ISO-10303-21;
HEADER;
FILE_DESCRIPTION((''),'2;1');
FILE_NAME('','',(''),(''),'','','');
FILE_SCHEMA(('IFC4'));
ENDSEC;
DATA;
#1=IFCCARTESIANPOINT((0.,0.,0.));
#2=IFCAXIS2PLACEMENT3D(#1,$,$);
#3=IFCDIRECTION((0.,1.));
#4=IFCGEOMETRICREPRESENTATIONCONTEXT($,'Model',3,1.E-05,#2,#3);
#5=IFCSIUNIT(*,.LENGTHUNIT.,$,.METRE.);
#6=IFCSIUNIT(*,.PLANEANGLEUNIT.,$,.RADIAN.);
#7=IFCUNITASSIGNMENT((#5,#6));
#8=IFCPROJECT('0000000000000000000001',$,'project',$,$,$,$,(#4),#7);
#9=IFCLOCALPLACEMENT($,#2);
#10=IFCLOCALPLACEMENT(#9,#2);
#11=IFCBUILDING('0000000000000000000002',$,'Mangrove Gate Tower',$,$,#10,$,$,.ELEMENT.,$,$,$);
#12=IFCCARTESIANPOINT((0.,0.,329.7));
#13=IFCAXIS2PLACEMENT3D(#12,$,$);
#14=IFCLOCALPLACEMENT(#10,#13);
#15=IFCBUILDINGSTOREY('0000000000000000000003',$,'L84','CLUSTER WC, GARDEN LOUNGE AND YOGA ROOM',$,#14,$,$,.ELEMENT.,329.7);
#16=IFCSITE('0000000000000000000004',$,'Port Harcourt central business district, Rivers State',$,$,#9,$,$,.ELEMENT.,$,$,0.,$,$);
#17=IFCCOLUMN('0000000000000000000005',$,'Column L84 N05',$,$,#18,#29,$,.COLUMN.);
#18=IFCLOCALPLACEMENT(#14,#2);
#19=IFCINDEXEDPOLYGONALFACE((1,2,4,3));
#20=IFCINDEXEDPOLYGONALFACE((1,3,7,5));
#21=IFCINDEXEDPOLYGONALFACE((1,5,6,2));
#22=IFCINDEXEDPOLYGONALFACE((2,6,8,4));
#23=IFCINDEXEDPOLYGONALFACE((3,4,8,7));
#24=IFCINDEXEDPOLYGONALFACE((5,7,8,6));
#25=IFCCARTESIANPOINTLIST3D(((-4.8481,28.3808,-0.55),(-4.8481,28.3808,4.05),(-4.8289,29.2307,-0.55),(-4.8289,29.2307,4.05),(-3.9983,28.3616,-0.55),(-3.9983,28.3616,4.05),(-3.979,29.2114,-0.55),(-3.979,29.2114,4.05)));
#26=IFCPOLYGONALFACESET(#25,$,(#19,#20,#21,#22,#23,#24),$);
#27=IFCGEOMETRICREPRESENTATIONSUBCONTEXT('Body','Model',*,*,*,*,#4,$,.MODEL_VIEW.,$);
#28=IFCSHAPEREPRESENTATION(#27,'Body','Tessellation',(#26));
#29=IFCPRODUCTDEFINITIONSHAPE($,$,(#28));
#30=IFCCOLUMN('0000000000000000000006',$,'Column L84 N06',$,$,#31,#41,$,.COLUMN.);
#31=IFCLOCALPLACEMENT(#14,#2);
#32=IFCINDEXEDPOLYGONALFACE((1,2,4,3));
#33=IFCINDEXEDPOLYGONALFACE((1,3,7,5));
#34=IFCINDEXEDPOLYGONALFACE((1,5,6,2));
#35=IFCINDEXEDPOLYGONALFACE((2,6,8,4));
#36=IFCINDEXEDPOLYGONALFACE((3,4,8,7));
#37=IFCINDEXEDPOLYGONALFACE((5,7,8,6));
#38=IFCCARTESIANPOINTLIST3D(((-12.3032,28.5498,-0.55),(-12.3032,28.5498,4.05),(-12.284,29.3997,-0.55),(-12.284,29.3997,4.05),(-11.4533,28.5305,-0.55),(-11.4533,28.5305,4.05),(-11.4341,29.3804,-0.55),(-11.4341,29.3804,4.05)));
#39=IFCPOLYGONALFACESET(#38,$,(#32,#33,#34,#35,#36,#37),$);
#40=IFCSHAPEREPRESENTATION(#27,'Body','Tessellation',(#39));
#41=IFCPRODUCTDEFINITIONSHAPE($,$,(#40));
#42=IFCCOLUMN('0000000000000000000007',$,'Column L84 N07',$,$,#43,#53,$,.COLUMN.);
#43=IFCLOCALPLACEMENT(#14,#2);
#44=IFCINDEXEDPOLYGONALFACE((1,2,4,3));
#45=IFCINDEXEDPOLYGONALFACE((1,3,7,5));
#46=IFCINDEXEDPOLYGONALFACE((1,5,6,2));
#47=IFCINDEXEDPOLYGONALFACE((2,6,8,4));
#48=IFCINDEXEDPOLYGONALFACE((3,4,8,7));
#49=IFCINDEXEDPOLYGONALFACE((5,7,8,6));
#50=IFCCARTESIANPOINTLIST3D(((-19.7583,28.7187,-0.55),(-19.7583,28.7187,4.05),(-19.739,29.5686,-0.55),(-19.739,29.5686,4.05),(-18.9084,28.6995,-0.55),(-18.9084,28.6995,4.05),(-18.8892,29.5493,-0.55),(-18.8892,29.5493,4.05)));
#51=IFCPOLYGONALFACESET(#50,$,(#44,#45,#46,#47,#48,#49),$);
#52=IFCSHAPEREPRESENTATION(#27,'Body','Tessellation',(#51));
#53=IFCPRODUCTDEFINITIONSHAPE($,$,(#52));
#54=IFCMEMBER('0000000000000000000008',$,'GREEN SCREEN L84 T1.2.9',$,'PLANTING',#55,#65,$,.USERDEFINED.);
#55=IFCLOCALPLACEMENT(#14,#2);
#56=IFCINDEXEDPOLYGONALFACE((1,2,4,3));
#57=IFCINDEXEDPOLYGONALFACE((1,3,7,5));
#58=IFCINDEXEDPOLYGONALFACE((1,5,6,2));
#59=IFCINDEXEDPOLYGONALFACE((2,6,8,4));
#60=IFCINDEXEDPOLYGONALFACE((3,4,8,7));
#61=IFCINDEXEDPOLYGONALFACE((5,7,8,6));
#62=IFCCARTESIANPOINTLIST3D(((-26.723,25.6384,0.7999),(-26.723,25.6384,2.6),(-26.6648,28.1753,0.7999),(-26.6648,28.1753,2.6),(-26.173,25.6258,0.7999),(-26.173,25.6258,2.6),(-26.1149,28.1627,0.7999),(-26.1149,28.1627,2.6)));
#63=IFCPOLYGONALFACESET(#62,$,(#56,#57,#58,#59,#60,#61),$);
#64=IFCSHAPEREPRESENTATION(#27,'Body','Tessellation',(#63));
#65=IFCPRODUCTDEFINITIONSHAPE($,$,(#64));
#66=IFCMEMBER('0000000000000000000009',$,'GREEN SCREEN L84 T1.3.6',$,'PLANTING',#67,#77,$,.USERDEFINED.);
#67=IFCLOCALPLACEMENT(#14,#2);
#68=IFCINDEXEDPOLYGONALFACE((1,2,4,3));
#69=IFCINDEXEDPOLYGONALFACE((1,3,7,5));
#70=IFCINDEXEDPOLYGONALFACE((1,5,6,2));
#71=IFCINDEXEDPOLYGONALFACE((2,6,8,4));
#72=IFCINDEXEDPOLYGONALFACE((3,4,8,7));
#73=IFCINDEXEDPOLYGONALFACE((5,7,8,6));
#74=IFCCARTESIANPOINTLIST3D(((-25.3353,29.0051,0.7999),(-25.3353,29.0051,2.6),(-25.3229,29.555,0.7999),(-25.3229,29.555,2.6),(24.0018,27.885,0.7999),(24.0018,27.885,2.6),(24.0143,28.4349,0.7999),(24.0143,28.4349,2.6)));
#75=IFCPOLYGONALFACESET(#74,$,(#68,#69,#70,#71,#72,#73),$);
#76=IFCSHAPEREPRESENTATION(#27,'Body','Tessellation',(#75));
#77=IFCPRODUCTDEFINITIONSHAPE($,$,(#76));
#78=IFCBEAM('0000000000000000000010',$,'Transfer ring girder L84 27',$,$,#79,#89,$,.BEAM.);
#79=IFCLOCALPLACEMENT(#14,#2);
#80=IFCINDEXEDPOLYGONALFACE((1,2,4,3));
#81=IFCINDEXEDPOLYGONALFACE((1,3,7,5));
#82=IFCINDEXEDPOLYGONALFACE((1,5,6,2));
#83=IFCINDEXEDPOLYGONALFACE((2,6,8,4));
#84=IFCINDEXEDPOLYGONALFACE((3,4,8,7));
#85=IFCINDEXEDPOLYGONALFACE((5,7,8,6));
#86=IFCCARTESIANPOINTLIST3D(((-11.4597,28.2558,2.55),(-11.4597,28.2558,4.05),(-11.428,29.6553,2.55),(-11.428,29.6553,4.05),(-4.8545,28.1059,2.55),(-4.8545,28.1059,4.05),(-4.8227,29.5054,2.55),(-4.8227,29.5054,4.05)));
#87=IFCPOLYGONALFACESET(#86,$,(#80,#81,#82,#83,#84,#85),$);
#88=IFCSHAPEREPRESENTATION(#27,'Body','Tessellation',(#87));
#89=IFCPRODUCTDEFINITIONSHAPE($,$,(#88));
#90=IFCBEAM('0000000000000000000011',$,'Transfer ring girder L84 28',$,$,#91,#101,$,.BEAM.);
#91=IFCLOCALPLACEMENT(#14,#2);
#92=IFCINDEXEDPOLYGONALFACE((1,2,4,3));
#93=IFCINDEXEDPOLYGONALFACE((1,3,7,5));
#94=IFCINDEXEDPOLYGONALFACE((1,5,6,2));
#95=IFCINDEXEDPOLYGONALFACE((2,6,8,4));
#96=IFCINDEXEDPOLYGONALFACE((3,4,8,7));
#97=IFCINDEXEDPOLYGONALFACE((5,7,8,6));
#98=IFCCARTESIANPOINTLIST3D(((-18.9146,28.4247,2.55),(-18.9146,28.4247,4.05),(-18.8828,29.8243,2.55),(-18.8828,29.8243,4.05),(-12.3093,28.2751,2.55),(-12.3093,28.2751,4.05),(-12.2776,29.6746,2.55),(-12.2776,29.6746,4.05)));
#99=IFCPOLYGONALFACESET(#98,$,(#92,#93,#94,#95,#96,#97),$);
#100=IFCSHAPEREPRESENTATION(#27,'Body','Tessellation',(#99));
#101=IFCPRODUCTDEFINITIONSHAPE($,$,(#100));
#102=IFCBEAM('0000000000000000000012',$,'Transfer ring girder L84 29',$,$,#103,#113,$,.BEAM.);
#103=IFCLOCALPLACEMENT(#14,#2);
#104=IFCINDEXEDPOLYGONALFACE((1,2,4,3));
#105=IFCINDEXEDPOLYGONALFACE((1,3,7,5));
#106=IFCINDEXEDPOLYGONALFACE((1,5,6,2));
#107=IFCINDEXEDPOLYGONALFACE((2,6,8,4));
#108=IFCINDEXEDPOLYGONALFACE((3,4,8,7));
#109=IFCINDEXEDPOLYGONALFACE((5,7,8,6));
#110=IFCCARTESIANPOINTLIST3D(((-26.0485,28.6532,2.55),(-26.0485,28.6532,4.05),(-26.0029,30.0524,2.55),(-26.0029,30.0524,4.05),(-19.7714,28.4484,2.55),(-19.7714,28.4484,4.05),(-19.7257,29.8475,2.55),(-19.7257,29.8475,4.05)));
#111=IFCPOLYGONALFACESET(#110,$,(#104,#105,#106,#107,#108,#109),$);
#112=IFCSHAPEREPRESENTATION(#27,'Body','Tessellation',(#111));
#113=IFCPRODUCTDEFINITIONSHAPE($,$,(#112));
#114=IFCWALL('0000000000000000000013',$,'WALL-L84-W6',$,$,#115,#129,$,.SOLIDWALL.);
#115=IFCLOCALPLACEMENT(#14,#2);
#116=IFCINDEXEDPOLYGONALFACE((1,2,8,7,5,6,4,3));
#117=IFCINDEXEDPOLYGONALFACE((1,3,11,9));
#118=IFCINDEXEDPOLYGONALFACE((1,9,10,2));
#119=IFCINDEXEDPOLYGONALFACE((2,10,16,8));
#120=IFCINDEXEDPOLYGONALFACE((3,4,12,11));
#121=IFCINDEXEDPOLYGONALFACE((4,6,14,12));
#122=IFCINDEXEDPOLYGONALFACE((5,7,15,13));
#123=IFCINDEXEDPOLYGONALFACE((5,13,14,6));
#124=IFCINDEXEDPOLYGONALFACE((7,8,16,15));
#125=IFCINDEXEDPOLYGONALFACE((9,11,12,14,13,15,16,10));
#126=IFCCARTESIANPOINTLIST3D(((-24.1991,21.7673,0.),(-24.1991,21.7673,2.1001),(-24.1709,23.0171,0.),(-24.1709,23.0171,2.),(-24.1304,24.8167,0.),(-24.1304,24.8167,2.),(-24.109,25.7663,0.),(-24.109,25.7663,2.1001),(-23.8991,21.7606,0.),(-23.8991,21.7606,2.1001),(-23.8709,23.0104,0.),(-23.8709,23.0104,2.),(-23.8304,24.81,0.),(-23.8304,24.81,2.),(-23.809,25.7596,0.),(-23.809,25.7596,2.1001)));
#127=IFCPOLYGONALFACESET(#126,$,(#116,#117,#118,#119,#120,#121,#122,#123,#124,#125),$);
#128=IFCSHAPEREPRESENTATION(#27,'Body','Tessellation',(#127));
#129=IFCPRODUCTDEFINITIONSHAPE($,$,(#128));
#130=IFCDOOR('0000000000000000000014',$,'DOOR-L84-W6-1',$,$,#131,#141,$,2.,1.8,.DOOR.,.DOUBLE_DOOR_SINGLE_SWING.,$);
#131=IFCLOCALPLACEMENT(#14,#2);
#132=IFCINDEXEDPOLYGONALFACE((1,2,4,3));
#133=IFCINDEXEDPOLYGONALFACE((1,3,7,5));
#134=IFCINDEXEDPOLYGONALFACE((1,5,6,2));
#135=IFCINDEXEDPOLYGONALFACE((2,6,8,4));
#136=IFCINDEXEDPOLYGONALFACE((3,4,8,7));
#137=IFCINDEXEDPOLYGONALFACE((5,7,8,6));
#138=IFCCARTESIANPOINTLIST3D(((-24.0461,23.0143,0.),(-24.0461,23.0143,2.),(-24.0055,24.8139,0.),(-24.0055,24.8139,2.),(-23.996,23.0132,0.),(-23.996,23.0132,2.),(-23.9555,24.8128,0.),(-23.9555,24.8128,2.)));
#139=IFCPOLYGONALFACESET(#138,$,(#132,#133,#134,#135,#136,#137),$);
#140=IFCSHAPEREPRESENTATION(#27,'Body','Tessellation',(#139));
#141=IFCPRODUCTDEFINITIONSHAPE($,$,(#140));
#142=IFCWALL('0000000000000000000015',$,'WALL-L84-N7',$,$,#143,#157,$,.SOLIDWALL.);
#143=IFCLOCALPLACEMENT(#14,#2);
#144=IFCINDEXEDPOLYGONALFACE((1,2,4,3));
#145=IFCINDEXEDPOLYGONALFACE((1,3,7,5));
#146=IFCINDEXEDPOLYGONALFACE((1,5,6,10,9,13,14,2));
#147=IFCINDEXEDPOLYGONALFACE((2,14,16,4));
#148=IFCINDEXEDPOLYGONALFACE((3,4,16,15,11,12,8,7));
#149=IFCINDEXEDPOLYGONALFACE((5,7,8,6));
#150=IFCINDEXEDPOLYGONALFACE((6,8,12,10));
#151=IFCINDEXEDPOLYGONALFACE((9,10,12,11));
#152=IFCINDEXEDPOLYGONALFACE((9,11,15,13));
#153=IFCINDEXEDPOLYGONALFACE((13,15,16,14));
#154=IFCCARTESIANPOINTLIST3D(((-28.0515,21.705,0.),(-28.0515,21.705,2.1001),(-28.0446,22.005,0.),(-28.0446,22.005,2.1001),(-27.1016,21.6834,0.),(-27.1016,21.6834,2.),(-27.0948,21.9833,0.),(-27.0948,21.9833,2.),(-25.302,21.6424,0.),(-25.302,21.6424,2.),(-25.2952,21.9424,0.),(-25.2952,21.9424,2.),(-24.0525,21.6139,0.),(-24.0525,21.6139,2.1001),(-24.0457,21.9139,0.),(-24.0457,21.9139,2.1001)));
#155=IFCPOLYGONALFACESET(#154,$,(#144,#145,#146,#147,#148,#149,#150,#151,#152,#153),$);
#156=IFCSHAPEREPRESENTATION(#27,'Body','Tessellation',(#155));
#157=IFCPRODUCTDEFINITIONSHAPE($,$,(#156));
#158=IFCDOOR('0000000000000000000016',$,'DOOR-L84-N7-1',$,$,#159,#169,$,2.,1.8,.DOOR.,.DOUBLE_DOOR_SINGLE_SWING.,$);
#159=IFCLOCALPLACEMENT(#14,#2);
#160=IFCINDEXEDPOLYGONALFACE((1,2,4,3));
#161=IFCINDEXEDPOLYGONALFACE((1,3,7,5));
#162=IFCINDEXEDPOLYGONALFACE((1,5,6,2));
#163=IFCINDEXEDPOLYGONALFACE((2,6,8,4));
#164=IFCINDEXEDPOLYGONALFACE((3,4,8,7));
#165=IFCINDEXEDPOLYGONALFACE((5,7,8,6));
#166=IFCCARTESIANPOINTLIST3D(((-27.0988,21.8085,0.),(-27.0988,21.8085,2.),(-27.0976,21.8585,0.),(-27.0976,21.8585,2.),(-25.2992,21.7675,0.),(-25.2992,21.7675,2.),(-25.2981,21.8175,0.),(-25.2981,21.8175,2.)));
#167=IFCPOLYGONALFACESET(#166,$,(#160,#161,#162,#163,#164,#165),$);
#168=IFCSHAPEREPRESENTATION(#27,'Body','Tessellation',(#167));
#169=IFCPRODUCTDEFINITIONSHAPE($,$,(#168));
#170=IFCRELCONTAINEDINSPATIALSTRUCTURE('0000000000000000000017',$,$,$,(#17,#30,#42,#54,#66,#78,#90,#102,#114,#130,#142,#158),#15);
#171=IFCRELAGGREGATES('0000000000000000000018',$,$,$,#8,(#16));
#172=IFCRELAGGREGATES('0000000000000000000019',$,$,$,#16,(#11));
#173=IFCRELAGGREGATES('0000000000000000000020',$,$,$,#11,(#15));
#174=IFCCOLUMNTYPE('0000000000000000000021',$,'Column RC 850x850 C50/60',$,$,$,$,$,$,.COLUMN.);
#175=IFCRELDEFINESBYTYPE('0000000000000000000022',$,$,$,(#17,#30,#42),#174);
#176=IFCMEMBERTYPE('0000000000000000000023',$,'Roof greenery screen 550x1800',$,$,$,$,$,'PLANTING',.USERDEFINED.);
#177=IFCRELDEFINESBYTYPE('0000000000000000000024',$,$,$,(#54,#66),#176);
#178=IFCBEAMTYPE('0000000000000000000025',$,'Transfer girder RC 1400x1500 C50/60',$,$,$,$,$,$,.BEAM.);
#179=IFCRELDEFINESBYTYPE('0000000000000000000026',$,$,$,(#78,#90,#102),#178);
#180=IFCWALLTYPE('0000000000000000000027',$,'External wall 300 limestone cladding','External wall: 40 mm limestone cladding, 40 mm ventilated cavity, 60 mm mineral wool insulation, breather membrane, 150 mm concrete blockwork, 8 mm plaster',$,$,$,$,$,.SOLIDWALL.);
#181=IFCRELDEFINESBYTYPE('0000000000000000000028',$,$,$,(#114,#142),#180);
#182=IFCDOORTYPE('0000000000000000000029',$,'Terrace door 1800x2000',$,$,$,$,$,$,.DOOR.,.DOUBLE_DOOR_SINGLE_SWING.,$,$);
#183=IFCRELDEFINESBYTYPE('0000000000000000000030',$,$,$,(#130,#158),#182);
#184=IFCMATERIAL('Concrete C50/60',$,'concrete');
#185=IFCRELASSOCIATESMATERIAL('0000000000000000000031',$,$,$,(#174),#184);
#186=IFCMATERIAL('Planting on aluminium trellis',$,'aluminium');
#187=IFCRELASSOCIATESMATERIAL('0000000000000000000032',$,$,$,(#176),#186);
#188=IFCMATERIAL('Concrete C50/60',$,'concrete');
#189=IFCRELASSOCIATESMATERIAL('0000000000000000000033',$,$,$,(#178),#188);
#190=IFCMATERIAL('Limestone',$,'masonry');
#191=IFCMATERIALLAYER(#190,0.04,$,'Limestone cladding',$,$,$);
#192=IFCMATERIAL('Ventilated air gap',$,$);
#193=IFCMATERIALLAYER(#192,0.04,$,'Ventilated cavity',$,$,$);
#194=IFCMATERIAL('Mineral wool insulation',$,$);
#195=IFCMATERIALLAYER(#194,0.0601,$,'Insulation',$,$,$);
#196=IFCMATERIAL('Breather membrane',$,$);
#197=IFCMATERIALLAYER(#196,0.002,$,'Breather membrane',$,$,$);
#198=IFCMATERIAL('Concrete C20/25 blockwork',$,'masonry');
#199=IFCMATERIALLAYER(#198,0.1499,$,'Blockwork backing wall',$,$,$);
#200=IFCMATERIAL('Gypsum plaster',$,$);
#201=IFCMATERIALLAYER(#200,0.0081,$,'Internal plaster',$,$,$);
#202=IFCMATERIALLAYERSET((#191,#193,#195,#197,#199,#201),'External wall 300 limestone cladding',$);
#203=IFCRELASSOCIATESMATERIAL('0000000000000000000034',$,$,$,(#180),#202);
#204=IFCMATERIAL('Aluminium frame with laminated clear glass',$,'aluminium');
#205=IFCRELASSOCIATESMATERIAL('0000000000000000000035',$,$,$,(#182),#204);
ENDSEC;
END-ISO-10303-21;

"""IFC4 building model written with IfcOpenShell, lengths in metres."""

from ifc_helpers import new_model, si_unit, direction, frame, frame_2d, origin, origin_2d, place, context, subcontext, project, spatial, rectangle, extrude, material, layer, layer_set, material_profile, profile_set, type_object, element, fill, save


model = new_model("IFC4")

# Units and contexts
model_context = context("Model", 3, precision=1e-05, world=origin(), true_north=direction((0.0, 1.0)))
body_context = subcontext(model_context, "Body", "Model", "MODEL_VIEW")
ifc_project = project(units=[si_unit("LENGTHUNIT", "METRE"), si_unit("PLANEANGLEUNIT", "RADIAN")], contexts=[model_context])

# Site, building, storey
site_placement = place(None, origin())
site = spatial("IfcSite", under=ifc_project, at=site_placement, Name="Port Harcourt central business district, Rivers State", CompositionType="ELEMENT", RefElevation=0.0)
building_placement = place(site_placement, origin())
building = spatial("IfcBuilding", under=site, at=building_placement, Name="Mangrove Gate Tower", CompositionType="ELEMENT")
storey_placement = place(building_placement, frame((0.0, 0.0, 329.7)))
storey = spatial("IfcBuildingStorey", under=building, at=storey_placement, Name="L84", Description="CLUSTER WC, GARDEN LOUNGE AND YOGA ROOM", CompositionType="ELEMENT", Elevation=329.7)

# Columns
ifc_material_1 = material(Name="Concrete C50/60", Category="concrete")
ifc_material_profile_1 = material_profile(ifc_material_1, rectangle(XDim=0.8501, YDim=0.8501, at=origin_2d()))
ifc_profile_set_1 = profile_set([ifc_material_profile_1], Name="Concrete C50/60")
column_type = type_object("IfcColumnType", Name="Column RC 850x850 C50/60", PredefinedType="COLUMN", material=ifc_profile_set_1)
for number, where, z_axis, x_axis, name in (
    (1, (-4.4136, 28.7961, -0.55), (0.0, 0.0, 1.0), (-0.999743, 0.022664, 0.0), "Column L84 N05"),
    (2, (-11.8687, 28.9651, -0.55), (0.0, 0.0, 1.0), (-0.999743, 0.022664, 0.0), "Column L84 N06"),
    (3, (-19.3237, 29.134, -0.55), (0.0, 0.0, 1.0), (-0.999743, 0.022664, 0.0), "Column L84 N07"),
):
    element("IfcColumn", number, at=place(storey_placement, frame(where, z_axis=z_axis, x_axis=x_axis)), inside=storey, type_object=column_type, Name=name, PredefinedType="COLUMN", context=body_context, shape_type="SweptSolid", body=[
        extrude(rectangle(XDim=0.8501, YDim=0.8501, at=origin_2d()), origin(), (0.0, 0.0, 1.0), 4.6001),
    ])

# Members
ifc_material_2 = material(Name="Planting on aluminium trellis", Category="aluminium")
ifc_material_profile_2 = material_profile(ifc_material_2, rectangle(XDim=0.55, YDim=1.8, at=origin_2d()))
ifc_profile_set_2 = profile_set([ifc_material_profile_2], Name="Planting on aluminium trellis")
member_type = type_object("IfcMemberType", Name="Roof greenery screen 550x1800", ElementType="PLANTING", PredefinedType="USERDEFINED", material=ifc_profile_set_2)
member_1_placement = place(storey_placement, frame((-26.448, 25.6321, 1.7), z_axis=(0.022898, 0.999738, 0.0), x_axis=(-0.999738, 0.022898, 0.0)))
element("IfcMember", 4, at=member_1_placement, inside=storey, type_object=member_type, Name="GREEN SCREEN L84 T1.2.9", ObjectType="PLANTING", PredefinedType="USERDEFINED", context=body_context, shape_type="SweptSolid", body=[
    extrude(rectangle(XDim=0.55, YDim=1.8, at=origin_2d()), origin(), (0.0, 0.0, 1.0), 2.5376),
])
member_2_placement = place(storey_placement, frame((-25.3291, 29.28, 1.7), z_axis=(0.999742, -0.022697, 0.0), x_axis=(0.022697, 0.999742, 0.0)))
element("IfcMember", 5, at=member_2_placement, inside=storey, type_object=member_type, Name="GREEN SCREEN L84 T1.3.6", ObjectType="PLANTING", PredefinedType="USERDEFINED", context=body_context, shape_type="SweptSolid", body=[
    extrude(rectangle(XDim=0.55, YDim=1.8, at=origin_2d()), origin(), (0.0, 0.0, 1.0), 49.3499),
])

# Beams
ifc_material_3 = material(Name="Concrete C50/60", Category="concrete")
ifc_material_profile_3 = material_profile(ifc_material_3, rectangle(XDim=1.3999, YDim=1.5, at=origin_2d()))
ifc_profile_set_3 = profile_set([ifc_material_profile_3], Name="Concrete C50/60")
beam_type = type_object("IfcBeamType", Name="Transfer girder RC 1400x1500 C50/60", PredefinedType="BEAM", material=ifc_profile_set_3)
for number, where, z_axis, x_axis, name in (
    (6, (-4.8386, 28.8057, 3.3), (-0.999743, 0.022689, 0.0), (-0.022689, -0.999743, 0.0), "Transfer ring girder L84 27"),
    (7, (-12.2935, 28.9749, 3.3), (-0.999743, 0.022652, 0.0), (-0.022652, -0.999743, 0.0), "Transfer ring girder L84 28"),
):
    element("IfcBeam", number, at=place(storey_placement, frame(where, z_axis=z_axis, x_axis=x_axis)), inside=storey, type_object=beam_type, Name=name, PredefinedType="BEAM", context=body_context, shape_type="SweptSolid", body=[
        extrude(rectangle(XDim=1.3999, YDim=1.5, at=origin_2d()), origin(), (0.0, 0.0, 1.0), 6.6069),
    ])
beam_placement = place(storey_placement, frame((-19.7485, 29.1479, 3.3), z_axis=(-0.999468, 0.032615, 0.0), x_axis=(-0.032615, -0.999468, 0.0)))
element("IfcBeam", 8, at=beam_placement, inside=storey, type_object=beam_type, Name="Transfer ring girder L84 29", PredefinedType="BEAM", context=body_context, shape_type="SweptSolid", body=[
    extrude(rectangle(XDim=1.3999, YDim=1.5, at=origin_2d()), origin(), (0.0, 0.0, 1.0), 6.2805),
])

# Walls, openings, doors
ifc_material_4 = material(Name="Limestone", Category="masonry")
ifc_layer_1 = layer(ifc_material_4, 0.04, Name="Limestone cladding")
ifc_material_5 = material(Name="Ventilated air gap")
ifc_layer_2 = layer(ifc_material_5, 0.04, Name="Ventilated cavity")
ifc_material_6 = material(Name="Mineral wool insulation")
ifc_layer_3 = layer(ifc_material_6, 0.0601, Name="Insulation")
ifc_material_7 = material(Name="Breather membrane")
ifc_layer_4 = layer(ifc_material_7, 0.002, Name="Breather membrane")
ifc_material_8 = material(Name="Concrete C20/25 blockwork", Category="masonry")
ifc_layer_5 = layer(ifc_material_8, 0.1499, Name="Blockwork backing wall")
ifc_material_9 = material(Name="Gypsum plaster")
ifc_layer_6 = layer(ifc_material_9, 0.0081, Name="Internal plaster")
ifc_layer_set_1 = layer_set([ifc_layer_1, ifc_layer_2, ifc_layer_3, ifc_layer_4, ifc_layer_5, ifc_layer_6], Name="External wall 300 limestone cladding")
wall_type_1 = type_object("IfcWallType", Name="External wall 300 limestone cladding", Description="External wall: 40 mm limestone cladding, 40 mm ventilated cavity, 60 mm mineral wool insulation, breather membrane, 150 mm concrete blockwork, 8 mm plaster", PredefinedType="SOLIDWALL", material=ifc_layer_set_1)
wall_1_placement = place(storey_placement, frame((-23.959, 25.7629, 0.0), z_axis=(0.0, 0.0, 1.0), x_axis=(-0.022522, -0.999746, 0.0)))
wall_1 = element("IfcWall", 9, at=wall_1_placement, inside=storey, type_object=wall_type_1, Name="WALL-L84-W6", PredefinedType="SOLIDWALL", context=body_context, shape_type="SweptSolid", body=[
    extrude(rectangle(XDim=4.0, YDim=0.3, at=frame_2d((2.0, 0.0))), origin(), (0.0, 0.0, 1.0), 2.1001),
])
opening_1_placement = place(wall_1_placement, frame((0.95, 0.0, 0.0)))
opening_1 = element("IfcOpeningElement", 10, at=opening_1_placement, cuts=wall_1, PredefinedType="OPENING", context=body_context, shape_type="SweptSolid", body=[
    extrude(rectangle(XDim=1.8, YDim=2.0, at=frame_2d((0.8999, 1.0))), frame((0.0, 0.1599, 0.0), z_axis=(0.0, -1.0, 0.0), x_axis=(1.0, 0.0, 0.0)), (0.0, 0.0, 1.0), 0.3201),
])
ifc_material_10 = material(Name="Aluminium frame with laminated clear glass", Category="aluminium")
door_type = type_object("IfcDoorType", Name="Terrace door 1800x2000", OperationType="DOUBLE_DOOR_SINGLE_SWING", PredefinedType="DOOR", material=ifc_material_10)
door_1_placement = place(opening_1_placement, origin())
door_1 = element("IfcDoor", 11, at=door_1_placement, inside=storey, type_object=door_type, Name="DOOR-L84-W6-1", OperationType="DOUBLE_DOOR_SINGLE_SWING", OverallHeight=2.0, OverallWidth=1.8, PredefinedType="DOOR", context=body_context, shape_type="SweptSolid", body=[
    extrude(rectangle(XDim=1.8, YDim=2.0, at=frame_2d((0.8999, 1.0))), frame((0.0, 0.0249, 0.0), z_axis=(0.0, -1.0, 0.0), x_axis=(1.0, 0.0, 0.0)), (0.0, 0.0, 1.0), 0.05),
])
fill(opening_1, door_1)
wall_2_placement = place(storey_placement, frame((-24.0491, 21.7639, 0.0), z_axis=(0.0, 0.0, 1.0), x_axis=(-0.999741, 0.022766, 0.0)))
wall_2 = element("IfcWall", 12, at=wall_2_placement, inside=storey, type_object=wall_type_1, Name="WALL-L84-N7", PredefinedType="SOLIDWALL", context=body_context, shape_type="SweptSolid", body=[
    extrude(rectangle(XDim=4.0, YDim=0.3, at=frame_2d((2.0, 0.0))), origin(), (0.0, 0.0, 1.0), 2.1001),
])
opening_2_placement = place(wall_2_placement, frame((1.25, 0.0, 0.0)))
opening_2 = element("IfcOpeningElement", 13, at=opening_2_placement, cuts=wall_2, PredefinedType="OPENING", context=body_context, shape_type="SweptSolid", body=[
    extrude(rectangle(XDim=1.8, YDim=2.0, at=frame_2d((0.8999, 1.0))), frame((0.0, 0.1599, 0.0), z_axis=(0.0, -1.0, 0.0), x_axis=(1.0, 0.0, 0.0)), (0.0, 0.0, 1.0), 0.3201),
])
door_2_placement = place(opening_2_placement, origin())
door_2 = element("IfcDoor", 14, at=door_2_placement, inside=storey, type_object=door_type, Name="DOOR-L84-N7-1", OperationType="DOUBLE_DOOR_SINGLE_SWING", OverallHeight=2.0, OverallWidth=1.8, PredefinedType="DOOR", context=body_context, shape_type="SweptSolid", body=[
    extrude(rectangle(XDim=1.8, YDim=2.0, at=frame_2d((0.8999, 1.0))), frame((0.0, 0.0249, 0.0), z_axis=(0.0, -1.0, 0.0), x_axis=(1.0, 0.0, 0.0)), (0.0, 0.0, 1.0), 0.05),
])
fill(opening_2, door_2)

save(model, "model.ifc")
